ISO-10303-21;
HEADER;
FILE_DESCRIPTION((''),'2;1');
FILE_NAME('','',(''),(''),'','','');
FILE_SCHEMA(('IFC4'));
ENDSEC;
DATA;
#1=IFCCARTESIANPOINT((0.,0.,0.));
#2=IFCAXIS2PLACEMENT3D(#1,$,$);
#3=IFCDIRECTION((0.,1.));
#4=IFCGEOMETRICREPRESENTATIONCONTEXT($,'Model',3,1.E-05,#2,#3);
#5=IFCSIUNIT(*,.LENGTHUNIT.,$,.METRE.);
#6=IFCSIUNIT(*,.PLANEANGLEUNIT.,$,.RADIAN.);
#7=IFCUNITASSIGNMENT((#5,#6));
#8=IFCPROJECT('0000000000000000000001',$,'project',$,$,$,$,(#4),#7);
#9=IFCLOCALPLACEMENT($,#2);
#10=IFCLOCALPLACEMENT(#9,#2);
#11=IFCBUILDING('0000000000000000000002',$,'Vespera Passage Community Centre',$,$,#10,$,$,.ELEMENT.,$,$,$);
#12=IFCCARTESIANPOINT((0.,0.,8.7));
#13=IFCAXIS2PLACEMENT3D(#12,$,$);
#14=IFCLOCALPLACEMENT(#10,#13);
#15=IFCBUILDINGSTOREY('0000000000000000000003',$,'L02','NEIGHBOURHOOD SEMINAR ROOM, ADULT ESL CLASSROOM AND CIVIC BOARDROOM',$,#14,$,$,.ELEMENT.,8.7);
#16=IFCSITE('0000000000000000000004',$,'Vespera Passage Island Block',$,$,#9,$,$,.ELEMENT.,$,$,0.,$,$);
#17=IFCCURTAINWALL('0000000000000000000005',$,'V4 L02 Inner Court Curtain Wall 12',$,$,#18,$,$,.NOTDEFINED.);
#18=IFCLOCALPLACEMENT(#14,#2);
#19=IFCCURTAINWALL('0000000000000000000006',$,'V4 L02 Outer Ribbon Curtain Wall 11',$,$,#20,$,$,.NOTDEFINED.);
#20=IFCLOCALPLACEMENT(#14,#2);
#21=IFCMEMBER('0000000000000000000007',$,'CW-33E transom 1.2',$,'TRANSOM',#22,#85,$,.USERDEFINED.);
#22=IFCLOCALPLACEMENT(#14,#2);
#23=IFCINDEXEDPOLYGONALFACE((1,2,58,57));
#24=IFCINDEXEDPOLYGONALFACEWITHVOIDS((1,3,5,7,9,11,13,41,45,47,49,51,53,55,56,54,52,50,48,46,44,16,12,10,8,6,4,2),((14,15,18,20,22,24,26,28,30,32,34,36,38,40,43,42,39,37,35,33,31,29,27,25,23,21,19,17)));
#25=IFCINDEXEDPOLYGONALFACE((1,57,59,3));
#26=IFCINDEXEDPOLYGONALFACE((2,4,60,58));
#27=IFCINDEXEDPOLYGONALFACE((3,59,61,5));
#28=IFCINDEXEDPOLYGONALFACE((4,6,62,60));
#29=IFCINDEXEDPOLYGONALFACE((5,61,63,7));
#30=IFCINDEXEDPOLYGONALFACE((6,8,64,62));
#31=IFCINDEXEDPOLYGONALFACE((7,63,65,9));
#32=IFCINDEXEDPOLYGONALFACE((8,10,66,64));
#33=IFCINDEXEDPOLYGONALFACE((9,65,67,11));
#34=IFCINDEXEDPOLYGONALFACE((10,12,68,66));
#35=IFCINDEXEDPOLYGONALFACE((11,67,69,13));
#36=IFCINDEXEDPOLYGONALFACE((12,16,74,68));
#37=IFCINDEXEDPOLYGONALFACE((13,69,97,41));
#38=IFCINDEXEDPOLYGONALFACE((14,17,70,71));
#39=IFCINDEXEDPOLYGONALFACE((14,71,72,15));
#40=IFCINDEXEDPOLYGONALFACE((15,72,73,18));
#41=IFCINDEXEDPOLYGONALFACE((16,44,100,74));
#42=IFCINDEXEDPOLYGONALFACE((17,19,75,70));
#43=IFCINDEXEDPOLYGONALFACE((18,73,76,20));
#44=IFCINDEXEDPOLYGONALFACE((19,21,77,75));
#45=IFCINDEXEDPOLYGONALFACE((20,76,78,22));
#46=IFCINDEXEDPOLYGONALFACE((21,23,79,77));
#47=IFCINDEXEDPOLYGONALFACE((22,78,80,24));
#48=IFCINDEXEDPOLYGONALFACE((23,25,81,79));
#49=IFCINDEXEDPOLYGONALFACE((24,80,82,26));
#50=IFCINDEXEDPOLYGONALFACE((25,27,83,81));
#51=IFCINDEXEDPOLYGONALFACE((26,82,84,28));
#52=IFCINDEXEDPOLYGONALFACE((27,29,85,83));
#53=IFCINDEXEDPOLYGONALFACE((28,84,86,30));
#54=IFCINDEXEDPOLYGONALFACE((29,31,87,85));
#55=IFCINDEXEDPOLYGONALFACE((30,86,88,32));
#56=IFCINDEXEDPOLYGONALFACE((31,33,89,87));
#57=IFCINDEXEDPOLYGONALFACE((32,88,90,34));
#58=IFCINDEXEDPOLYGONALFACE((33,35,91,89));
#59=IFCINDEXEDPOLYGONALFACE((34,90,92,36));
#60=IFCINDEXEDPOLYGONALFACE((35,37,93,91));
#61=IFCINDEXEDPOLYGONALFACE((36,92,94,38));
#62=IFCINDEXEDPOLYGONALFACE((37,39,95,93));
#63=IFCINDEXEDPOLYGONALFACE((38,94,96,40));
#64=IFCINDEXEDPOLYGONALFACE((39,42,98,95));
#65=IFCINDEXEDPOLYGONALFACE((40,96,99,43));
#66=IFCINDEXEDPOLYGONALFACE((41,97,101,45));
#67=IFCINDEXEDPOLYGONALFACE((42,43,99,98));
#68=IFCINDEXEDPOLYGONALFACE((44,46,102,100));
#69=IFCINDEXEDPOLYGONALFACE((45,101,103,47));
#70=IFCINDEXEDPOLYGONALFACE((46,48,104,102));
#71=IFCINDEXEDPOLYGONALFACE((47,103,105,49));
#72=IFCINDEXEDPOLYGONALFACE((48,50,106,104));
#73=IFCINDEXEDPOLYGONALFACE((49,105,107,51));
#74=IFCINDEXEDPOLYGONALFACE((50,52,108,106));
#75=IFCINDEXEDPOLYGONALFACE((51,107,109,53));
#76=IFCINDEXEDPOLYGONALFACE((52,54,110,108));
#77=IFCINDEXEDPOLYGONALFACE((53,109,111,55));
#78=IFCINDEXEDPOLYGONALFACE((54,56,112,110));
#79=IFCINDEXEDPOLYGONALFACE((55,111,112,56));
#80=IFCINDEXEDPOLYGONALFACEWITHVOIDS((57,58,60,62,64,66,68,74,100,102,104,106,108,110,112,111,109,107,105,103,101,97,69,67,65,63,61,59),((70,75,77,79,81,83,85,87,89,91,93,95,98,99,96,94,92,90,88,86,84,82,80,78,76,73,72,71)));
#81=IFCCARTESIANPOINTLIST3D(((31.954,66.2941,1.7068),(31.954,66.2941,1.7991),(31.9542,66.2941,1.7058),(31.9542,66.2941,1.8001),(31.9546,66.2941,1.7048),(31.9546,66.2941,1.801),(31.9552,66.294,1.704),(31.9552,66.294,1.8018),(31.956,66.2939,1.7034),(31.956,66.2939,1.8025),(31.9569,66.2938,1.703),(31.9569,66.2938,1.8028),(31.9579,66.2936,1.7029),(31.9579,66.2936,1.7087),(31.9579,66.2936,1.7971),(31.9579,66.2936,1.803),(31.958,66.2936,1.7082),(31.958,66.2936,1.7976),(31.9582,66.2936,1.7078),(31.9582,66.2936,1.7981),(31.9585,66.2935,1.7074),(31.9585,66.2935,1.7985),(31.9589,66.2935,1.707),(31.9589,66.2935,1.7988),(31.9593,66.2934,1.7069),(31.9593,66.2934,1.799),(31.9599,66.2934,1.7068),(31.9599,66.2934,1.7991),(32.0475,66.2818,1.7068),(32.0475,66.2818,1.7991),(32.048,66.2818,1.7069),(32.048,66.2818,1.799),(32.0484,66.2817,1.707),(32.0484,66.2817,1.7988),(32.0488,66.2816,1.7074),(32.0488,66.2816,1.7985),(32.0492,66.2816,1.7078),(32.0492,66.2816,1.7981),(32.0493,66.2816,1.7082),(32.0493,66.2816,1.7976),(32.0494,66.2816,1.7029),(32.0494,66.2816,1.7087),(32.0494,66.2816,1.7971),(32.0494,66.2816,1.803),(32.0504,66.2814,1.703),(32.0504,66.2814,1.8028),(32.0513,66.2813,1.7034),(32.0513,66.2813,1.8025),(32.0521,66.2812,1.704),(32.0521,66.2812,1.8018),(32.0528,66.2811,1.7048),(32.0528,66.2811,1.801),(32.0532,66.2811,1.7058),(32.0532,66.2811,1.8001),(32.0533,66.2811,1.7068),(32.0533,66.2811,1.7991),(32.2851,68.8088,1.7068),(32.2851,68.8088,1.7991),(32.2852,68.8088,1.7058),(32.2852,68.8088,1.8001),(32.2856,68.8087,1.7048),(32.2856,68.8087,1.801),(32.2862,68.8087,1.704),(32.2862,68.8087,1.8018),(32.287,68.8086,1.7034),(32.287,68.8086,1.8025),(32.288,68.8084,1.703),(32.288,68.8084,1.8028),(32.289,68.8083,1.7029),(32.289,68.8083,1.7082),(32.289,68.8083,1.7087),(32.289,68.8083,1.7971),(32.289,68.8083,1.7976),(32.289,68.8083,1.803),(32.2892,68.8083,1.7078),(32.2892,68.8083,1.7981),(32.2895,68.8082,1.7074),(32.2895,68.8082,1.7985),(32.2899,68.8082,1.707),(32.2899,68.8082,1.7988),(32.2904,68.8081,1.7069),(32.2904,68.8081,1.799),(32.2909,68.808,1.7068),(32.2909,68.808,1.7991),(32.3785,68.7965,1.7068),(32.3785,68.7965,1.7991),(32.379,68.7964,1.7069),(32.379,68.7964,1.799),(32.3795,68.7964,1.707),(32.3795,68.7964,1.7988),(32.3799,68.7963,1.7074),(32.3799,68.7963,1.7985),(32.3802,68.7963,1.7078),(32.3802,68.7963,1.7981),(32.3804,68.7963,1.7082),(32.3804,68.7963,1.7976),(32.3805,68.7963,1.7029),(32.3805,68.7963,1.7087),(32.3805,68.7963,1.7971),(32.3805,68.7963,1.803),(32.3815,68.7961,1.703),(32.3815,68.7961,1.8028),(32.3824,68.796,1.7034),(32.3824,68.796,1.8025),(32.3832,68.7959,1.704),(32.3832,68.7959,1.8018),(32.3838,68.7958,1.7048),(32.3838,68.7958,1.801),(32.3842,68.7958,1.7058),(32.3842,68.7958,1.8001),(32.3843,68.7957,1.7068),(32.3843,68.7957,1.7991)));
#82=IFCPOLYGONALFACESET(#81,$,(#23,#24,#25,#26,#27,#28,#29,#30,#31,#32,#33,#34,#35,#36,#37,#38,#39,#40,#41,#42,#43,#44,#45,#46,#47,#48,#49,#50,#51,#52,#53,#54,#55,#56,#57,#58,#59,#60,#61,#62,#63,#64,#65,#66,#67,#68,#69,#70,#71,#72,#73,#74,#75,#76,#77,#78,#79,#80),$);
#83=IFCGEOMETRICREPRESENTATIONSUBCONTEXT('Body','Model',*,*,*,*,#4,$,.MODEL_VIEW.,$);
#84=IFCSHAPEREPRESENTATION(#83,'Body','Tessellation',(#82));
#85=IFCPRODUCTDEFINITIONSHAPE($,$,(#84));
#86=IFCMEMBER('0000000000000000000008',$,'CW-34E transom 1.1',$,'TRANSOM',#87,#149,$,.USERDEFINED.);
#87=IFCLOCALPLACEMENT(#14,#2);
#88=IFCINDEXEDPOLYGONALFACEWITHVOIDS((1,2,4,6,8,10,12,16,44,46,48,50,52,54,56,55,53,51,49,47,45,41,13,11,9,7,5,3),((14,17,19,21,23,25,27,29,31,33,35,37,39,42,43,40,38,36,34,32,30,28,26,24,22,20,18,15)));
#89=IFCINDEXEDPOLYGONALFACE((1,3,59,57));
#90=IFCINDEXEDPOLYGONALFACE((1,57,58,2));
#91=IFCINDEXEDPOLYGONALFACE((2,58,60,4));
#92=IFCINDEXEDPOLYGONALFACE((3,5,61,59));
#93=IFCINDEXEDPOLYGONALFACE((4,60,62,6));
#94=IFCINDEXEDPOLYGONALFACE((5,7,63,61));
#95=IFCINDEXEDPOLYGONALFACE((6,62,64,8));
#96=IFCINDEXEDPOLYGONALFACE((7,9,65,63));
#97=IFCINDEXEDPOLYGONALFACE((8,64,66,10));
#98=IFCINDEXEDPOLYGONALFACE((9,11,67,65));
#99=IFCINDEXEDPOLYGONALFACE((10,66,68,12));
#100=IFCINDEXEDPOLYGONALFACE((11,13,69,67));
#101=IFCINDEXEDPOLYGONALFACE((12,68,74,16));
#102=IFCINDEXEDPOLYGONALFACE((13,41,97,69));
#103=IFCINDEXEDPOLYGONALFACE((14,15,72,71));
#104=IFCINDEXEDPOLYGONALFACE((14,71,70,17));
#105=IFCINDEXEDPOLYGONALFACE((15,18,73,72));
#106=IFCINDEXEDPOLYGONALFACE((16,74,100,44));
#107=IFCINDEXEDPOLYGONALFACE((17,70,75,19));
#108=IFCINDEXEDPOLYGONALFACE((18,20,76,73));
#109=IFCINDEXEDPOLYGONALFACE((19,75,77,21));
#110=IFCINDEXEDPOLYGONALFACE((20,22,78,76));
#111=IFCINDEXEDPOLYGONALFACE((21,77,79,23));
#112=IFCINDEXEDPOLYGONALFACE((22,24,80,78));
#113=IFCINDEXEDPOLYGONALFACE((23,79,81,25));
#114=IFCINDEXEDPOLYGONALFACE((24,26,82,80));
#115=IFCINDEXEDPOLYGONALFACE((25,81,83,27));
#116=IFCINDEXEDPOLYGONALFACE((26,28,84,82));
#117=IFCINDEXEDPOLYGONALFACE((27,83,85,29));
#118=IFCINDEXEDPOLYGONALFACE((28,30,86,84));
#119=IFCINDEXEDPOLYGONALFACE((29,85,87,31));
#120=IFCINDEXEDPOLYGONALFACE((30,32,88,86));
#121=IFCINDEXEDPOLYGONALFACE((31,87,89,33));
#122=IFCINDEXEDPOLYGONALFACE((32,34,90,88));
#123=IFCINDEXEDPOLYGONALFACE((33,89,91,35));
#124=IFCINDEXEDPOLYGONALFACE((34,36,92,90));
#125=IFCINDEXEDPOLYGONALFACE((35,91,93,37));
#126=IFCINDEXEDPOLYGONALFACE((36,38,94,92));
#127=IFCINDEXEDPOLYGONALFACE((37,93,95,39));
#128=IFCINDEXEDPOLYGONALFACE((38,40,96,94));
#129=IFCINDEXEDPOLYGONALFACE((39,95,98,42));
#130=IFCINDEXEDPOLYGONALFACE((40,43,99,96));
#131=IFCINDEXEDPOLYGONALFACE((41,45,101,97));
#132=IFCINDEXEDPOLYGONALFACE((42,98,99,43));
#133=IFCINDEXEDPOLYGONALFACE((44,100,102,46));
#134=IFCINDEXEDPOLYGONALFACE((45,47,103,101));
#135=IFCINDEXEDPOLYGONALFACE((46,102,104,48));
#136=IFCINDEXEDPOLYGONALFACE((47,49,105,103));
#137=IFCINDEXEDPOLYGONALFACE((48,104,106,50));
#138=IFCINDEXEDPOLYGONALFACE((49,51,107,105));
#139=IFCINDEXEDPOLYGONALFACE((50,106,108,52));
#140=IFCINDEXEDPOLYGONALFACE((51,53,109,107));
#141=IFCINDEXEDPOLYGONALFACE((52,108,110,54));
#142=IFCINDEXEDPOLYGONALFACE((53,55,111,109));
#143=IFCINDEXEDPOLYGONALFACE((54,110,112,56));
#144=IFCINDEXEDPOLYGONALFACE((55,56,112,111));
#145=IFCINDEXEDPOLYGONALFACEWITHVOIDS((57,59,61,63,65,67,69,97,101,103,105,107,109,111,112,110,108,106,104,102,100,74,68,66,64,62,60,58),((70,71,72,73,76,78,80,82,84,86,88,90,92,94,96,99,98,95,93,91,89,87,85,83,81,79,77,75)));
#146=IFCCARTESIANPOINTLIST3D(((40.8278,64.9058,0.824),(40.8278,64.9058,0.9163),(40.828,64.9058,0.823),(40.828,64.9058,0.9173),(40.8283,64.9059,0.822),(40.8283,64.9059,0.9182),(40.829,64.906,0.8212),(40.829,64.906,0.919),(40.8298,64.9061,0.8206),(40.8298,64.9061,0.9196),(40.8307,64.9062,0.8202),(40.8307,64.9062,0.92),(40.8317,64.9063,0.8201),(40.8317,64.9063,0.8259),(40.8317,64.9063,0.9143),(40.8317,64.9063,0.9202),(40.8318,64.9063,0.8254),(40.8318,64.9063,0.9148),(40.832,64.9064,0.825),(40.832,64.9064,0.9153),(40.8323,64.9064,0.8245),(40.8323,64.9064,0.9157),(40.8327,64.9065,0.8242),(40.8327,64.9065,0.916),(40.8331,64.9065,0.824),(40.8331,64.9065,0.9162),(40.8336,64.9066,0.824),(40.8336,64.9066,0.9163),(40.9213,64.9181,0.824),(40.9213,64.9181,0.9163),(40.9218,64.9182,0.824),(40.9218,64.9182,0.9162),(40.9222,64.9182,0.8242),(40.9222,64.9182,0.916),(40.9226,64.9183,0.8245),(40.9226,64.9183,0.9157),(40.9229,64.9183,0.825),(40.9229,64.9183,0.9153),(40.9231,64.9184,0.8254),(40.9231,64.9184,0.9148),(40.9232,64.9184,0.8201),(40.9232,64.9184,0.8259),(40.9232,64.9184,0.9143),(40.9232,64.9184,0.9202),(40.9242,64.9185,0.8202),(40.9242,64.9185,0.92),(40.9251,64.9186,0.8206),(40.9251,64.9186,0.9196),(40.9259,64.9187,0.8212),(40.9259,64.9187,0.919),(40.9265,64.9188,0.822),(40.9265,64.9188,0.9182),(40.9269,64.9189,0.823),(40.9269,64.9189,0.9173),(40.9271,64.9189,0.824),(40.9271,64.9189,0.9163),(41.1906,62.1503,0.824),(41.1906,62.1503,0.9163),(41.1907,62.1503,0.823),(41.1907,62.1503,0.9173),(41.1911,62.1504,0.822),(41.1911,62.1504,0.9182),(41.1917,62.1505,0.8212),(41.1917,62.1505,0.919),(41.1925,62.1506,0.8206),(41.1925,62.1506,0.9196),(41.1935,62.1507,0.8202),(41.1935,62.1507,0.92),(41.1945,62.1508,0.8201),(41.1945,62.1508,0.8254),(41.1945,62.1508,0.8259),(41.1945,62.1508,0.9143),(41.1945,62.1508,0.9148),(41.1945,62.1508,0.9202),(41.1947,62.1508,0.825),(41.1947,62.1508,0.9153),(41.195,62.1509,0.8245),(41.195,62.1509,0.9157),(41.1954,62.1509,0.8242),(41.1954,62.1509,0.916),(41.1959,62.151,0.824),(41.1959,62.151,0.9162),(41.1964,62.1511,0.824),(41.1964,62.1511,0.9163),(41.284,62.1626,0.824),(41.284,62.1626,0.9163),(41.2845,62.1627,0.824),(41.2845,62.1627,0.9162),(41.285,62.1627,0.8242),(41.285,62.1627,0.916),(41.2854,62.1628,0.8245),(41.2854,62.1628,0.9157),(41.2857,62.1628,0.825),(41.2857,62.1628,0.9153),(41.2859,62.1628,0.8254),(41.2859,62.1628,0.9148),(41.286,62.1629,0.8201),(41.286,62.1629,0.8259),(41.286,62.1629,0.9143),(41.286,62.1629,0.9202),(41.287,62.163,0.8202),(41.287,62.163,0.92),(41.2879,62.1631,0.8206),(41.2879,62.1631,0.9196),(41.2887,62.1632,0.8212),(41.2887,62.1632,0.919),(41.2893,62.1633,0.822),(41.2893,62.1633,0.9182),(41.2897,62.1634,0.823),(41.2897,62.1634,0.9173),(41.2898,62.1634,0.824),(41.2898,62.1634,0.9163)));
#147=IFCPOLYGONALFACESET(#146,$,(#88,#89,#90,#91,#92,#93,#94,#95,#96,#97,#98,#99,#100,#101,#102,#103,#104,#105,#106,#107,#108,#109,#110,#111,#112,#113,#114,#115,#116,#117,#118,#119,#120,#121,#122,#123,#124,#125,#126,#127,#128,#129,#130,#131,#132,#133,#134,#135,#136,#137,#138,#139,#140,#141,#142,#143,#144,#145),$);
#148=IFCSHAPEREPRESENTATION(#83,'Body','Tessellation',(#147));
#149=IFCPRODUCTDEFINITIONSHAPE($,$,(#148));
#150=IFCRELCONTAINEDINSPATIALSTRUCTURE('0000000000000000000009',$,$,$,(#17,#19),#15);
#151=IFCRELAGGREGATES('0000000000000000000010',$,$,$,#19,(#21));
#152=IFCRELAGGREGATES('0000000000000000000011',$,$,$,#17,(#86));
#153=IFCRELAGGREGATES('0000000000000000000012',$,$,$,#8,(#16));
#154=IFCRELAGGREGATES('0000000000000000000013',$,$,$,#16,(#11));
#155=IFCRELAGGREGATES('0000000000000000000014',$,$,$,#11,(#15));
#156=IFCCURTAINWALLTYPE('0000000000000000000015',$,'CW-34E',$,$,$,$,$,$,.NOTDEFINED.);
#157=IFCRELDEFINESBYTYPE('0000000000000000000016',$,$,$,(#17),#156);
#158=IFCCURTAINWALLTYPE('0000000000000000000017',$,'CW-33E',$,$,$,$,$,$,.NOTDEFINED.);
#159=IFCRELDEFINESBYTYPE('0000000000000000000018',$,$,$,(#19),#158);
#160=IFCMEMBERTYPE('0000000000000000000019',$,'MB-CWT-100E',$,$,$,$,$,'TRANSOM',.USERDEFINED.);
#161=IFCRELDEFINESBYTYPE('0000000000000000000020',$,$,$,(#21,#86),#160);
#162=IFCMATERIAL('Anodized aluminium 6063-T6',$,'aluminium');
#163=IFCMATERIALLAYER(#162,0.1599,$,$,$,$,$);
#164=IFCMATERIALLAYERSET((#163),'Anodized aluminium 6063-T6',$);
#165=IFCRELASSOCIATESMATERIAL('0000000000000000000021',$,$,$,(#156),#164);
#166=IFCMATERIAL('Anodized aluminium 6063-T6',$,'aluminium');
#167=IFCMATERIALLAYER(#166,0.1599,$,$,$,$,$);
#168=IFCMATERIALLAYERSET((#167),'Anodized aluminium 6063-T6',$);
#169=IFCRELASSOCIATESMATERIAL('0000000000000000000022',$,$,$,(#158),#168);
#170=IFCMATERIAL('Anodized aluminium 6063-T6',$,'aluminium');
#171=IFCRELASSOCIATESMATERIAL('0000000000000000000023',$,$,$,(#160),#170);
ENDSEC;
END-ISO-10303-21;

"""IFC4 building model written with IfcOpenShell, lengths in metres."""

from ifc_helpers import new_model, si_unit, direction, frame, origin, origin_2d, place, context, subcontext, project, spatial, hollow_rectangle, extrude, material, layer, layer_set, material_profile, profile_set, type_object, element, aggregate, save


model = new_model("IFC4")

# Units and contexts
model_context = context("Model", 3, precision=1e-05, world=origin(), true_north=direction((0.0, 1.0)))
body_context = subcontext(model_context, "Body", "Model", "MODEL_VIEW")
ifc_project = project(units=[si_unit("LENGTHUNIT", "METRE"), si_unit("PLANEANGLEUNIT", "RADIAN")], contexts=[model_context])

# Site, building, storey
site_placement = place(None, origin())
site = spatial("IfcSite", under=ifc_project, at=site_placement, Name="Vespera Passage Island Block", CompositionType="ELEMENT", RefElevation=0.0)
building_placement = place(site_placement, origin())
building = spatial("IfcBuilding", under=site, at=building_placement, Name="Vespera Passage Community Centre", CompositionType="ELEMENT")
storey_placement = place(building_placement, frame((0.0, 0.0, 8.7)))
storey = spatial("IfcBuildingStorey", under=building, at=storey_placement, Name="L02", Description="NEIGHBOURHOOD SEMINAR ROOM, ADULT ESL CLASSROOM AND CIVIC BOARDROOM", CompositionType="ELEMENT", Elevation=8.7)

# Curtain walls, member
ifc_material_1 = material(Name="Anodized aluminium 6063-T6", Category="aluminium")
ifc_layer_1 = layer(ifc_material_1, 0.1599)
ifc_layer_set_1 = layer_set([ifc_layer_1], Name="Anodized aluminium 6063-T6")
curtain_wall_type_1 = type_object("IfcCurtainWallType", Name="CW-34E", PredefinedType="NOTDEFINED", material=ifc_layer_set_1)
curtain_wall_1_placement = place(storey_placement, origin())
curtain_wall_1 = element("IfcCurtainWall", 1, at=curtain_wall_1_placement, inside=storey, type_object=curtain_wall_type_1, Name="V4 L02 Inner Court Curtain Wall 12", PredefinedType="NOTDEFINED")
ifc_material_2 = material(Name="Anodized aluminium 6063-T6", Category="aluminium")
ifc_layer_2 = layer(ifc_material_2, 0.1599)
ifc_layer_set_2 = layer_set([ifc_layer_2], Name="Anodized aluminium 6063-T6")
curtain_wall_type_2 = type_object("IfcCurtainWallType", Name="CW-33E", PredefinedType="NOTDEFINED", material=ifc_layer_set_2)
curtain_wall_2_placement = place(storey_placement, origin())
curtain_wall_2 = element("IfcCurtainWall", 2, at=curtain_wall_2_placement, inside=storey, type_object=curtain_wall_type_2, Name="V4 L02 Outer Ribbon Curtain Wall 11", PredefinedType="NOTDEFINED")
ifc_material_3 = material(Name="Anodized aluminium 6063-T6", Category="aluminium")
ifc_material_profile_1 = material_profile(ifc_material_3, hollow_rectangle(XDim=0.1001, YDim=0.1001, WallThickness=0.0039, InnerFilletRadius=0.002, OuterFilletRadius=0.0039, at=origin_2d()), Name="ALU100X100X4")
ifc_profile_set_1 = profile_set([ifc_material_profile_1], Name="Anodized aluminium 6063-T6")
member_type_1 = type_object("IfcMemberType", Name="MB-CWT-100E", ElementType="TRANSOM", PredefinedType="USERDEFINED", material=ifc_profile_set_1)
member_1_placement = place(storey_placement, frame((32.0037, 66.2876, 1.7529), z_axis=(0.130524, 0.991445, 0.0), x_axis=(-0.991445, 0.130524, 0.0)))
member_1 = element("IfcMember", 3, at=member_1_placement, type_object=member_type_1, Name="CW-33E transom 1.2", ObjectType="TRANSOM", PredefinedType="USERDEFINED", context=body_context, shape_type="SweptSolid", body=[
    extrude(hollow_rectangle(XDim=0.1001, YDim=0.1001, WallThickness=0.0039, InnerFilletRadius=0.002, OuterFilletRadius=0.0039, at=origin_2d()), origin(), (0.0, 0.0, 1.0), 2.5364),
])
aggregate(curtain_wall_2, [member_1])

# Member
member_2_placement = place(storey_placement, frame((40.8774, 64.9124, 0.8701), z_axis=(0.130529, -0.991444, 0.0), x_axis=(0.991444, 0.130529, 0.0)))
member_2 = element("IfcMember", 4, at=member_2_placement, type_object=member_type_1, Name="CW-34E transom 1.1", ObjectType="TRANSOM", PredefinedType="USERDEFINED", context=body_context, shape_type="SweptSolid", body=[
    extrude(hollow_rectangle(XDim=0.1001, YDim=0.1001, WallThickness=0.0039, InnerFilletRadius=0.002, OuterFilletRadius=0.0039, at=origin_2d()), origin(), (0.0, 0.0, 1.0), 2.7793),
])

aggregate(curtain_wall_1, [member_2])

save(model, "model.ifc")
